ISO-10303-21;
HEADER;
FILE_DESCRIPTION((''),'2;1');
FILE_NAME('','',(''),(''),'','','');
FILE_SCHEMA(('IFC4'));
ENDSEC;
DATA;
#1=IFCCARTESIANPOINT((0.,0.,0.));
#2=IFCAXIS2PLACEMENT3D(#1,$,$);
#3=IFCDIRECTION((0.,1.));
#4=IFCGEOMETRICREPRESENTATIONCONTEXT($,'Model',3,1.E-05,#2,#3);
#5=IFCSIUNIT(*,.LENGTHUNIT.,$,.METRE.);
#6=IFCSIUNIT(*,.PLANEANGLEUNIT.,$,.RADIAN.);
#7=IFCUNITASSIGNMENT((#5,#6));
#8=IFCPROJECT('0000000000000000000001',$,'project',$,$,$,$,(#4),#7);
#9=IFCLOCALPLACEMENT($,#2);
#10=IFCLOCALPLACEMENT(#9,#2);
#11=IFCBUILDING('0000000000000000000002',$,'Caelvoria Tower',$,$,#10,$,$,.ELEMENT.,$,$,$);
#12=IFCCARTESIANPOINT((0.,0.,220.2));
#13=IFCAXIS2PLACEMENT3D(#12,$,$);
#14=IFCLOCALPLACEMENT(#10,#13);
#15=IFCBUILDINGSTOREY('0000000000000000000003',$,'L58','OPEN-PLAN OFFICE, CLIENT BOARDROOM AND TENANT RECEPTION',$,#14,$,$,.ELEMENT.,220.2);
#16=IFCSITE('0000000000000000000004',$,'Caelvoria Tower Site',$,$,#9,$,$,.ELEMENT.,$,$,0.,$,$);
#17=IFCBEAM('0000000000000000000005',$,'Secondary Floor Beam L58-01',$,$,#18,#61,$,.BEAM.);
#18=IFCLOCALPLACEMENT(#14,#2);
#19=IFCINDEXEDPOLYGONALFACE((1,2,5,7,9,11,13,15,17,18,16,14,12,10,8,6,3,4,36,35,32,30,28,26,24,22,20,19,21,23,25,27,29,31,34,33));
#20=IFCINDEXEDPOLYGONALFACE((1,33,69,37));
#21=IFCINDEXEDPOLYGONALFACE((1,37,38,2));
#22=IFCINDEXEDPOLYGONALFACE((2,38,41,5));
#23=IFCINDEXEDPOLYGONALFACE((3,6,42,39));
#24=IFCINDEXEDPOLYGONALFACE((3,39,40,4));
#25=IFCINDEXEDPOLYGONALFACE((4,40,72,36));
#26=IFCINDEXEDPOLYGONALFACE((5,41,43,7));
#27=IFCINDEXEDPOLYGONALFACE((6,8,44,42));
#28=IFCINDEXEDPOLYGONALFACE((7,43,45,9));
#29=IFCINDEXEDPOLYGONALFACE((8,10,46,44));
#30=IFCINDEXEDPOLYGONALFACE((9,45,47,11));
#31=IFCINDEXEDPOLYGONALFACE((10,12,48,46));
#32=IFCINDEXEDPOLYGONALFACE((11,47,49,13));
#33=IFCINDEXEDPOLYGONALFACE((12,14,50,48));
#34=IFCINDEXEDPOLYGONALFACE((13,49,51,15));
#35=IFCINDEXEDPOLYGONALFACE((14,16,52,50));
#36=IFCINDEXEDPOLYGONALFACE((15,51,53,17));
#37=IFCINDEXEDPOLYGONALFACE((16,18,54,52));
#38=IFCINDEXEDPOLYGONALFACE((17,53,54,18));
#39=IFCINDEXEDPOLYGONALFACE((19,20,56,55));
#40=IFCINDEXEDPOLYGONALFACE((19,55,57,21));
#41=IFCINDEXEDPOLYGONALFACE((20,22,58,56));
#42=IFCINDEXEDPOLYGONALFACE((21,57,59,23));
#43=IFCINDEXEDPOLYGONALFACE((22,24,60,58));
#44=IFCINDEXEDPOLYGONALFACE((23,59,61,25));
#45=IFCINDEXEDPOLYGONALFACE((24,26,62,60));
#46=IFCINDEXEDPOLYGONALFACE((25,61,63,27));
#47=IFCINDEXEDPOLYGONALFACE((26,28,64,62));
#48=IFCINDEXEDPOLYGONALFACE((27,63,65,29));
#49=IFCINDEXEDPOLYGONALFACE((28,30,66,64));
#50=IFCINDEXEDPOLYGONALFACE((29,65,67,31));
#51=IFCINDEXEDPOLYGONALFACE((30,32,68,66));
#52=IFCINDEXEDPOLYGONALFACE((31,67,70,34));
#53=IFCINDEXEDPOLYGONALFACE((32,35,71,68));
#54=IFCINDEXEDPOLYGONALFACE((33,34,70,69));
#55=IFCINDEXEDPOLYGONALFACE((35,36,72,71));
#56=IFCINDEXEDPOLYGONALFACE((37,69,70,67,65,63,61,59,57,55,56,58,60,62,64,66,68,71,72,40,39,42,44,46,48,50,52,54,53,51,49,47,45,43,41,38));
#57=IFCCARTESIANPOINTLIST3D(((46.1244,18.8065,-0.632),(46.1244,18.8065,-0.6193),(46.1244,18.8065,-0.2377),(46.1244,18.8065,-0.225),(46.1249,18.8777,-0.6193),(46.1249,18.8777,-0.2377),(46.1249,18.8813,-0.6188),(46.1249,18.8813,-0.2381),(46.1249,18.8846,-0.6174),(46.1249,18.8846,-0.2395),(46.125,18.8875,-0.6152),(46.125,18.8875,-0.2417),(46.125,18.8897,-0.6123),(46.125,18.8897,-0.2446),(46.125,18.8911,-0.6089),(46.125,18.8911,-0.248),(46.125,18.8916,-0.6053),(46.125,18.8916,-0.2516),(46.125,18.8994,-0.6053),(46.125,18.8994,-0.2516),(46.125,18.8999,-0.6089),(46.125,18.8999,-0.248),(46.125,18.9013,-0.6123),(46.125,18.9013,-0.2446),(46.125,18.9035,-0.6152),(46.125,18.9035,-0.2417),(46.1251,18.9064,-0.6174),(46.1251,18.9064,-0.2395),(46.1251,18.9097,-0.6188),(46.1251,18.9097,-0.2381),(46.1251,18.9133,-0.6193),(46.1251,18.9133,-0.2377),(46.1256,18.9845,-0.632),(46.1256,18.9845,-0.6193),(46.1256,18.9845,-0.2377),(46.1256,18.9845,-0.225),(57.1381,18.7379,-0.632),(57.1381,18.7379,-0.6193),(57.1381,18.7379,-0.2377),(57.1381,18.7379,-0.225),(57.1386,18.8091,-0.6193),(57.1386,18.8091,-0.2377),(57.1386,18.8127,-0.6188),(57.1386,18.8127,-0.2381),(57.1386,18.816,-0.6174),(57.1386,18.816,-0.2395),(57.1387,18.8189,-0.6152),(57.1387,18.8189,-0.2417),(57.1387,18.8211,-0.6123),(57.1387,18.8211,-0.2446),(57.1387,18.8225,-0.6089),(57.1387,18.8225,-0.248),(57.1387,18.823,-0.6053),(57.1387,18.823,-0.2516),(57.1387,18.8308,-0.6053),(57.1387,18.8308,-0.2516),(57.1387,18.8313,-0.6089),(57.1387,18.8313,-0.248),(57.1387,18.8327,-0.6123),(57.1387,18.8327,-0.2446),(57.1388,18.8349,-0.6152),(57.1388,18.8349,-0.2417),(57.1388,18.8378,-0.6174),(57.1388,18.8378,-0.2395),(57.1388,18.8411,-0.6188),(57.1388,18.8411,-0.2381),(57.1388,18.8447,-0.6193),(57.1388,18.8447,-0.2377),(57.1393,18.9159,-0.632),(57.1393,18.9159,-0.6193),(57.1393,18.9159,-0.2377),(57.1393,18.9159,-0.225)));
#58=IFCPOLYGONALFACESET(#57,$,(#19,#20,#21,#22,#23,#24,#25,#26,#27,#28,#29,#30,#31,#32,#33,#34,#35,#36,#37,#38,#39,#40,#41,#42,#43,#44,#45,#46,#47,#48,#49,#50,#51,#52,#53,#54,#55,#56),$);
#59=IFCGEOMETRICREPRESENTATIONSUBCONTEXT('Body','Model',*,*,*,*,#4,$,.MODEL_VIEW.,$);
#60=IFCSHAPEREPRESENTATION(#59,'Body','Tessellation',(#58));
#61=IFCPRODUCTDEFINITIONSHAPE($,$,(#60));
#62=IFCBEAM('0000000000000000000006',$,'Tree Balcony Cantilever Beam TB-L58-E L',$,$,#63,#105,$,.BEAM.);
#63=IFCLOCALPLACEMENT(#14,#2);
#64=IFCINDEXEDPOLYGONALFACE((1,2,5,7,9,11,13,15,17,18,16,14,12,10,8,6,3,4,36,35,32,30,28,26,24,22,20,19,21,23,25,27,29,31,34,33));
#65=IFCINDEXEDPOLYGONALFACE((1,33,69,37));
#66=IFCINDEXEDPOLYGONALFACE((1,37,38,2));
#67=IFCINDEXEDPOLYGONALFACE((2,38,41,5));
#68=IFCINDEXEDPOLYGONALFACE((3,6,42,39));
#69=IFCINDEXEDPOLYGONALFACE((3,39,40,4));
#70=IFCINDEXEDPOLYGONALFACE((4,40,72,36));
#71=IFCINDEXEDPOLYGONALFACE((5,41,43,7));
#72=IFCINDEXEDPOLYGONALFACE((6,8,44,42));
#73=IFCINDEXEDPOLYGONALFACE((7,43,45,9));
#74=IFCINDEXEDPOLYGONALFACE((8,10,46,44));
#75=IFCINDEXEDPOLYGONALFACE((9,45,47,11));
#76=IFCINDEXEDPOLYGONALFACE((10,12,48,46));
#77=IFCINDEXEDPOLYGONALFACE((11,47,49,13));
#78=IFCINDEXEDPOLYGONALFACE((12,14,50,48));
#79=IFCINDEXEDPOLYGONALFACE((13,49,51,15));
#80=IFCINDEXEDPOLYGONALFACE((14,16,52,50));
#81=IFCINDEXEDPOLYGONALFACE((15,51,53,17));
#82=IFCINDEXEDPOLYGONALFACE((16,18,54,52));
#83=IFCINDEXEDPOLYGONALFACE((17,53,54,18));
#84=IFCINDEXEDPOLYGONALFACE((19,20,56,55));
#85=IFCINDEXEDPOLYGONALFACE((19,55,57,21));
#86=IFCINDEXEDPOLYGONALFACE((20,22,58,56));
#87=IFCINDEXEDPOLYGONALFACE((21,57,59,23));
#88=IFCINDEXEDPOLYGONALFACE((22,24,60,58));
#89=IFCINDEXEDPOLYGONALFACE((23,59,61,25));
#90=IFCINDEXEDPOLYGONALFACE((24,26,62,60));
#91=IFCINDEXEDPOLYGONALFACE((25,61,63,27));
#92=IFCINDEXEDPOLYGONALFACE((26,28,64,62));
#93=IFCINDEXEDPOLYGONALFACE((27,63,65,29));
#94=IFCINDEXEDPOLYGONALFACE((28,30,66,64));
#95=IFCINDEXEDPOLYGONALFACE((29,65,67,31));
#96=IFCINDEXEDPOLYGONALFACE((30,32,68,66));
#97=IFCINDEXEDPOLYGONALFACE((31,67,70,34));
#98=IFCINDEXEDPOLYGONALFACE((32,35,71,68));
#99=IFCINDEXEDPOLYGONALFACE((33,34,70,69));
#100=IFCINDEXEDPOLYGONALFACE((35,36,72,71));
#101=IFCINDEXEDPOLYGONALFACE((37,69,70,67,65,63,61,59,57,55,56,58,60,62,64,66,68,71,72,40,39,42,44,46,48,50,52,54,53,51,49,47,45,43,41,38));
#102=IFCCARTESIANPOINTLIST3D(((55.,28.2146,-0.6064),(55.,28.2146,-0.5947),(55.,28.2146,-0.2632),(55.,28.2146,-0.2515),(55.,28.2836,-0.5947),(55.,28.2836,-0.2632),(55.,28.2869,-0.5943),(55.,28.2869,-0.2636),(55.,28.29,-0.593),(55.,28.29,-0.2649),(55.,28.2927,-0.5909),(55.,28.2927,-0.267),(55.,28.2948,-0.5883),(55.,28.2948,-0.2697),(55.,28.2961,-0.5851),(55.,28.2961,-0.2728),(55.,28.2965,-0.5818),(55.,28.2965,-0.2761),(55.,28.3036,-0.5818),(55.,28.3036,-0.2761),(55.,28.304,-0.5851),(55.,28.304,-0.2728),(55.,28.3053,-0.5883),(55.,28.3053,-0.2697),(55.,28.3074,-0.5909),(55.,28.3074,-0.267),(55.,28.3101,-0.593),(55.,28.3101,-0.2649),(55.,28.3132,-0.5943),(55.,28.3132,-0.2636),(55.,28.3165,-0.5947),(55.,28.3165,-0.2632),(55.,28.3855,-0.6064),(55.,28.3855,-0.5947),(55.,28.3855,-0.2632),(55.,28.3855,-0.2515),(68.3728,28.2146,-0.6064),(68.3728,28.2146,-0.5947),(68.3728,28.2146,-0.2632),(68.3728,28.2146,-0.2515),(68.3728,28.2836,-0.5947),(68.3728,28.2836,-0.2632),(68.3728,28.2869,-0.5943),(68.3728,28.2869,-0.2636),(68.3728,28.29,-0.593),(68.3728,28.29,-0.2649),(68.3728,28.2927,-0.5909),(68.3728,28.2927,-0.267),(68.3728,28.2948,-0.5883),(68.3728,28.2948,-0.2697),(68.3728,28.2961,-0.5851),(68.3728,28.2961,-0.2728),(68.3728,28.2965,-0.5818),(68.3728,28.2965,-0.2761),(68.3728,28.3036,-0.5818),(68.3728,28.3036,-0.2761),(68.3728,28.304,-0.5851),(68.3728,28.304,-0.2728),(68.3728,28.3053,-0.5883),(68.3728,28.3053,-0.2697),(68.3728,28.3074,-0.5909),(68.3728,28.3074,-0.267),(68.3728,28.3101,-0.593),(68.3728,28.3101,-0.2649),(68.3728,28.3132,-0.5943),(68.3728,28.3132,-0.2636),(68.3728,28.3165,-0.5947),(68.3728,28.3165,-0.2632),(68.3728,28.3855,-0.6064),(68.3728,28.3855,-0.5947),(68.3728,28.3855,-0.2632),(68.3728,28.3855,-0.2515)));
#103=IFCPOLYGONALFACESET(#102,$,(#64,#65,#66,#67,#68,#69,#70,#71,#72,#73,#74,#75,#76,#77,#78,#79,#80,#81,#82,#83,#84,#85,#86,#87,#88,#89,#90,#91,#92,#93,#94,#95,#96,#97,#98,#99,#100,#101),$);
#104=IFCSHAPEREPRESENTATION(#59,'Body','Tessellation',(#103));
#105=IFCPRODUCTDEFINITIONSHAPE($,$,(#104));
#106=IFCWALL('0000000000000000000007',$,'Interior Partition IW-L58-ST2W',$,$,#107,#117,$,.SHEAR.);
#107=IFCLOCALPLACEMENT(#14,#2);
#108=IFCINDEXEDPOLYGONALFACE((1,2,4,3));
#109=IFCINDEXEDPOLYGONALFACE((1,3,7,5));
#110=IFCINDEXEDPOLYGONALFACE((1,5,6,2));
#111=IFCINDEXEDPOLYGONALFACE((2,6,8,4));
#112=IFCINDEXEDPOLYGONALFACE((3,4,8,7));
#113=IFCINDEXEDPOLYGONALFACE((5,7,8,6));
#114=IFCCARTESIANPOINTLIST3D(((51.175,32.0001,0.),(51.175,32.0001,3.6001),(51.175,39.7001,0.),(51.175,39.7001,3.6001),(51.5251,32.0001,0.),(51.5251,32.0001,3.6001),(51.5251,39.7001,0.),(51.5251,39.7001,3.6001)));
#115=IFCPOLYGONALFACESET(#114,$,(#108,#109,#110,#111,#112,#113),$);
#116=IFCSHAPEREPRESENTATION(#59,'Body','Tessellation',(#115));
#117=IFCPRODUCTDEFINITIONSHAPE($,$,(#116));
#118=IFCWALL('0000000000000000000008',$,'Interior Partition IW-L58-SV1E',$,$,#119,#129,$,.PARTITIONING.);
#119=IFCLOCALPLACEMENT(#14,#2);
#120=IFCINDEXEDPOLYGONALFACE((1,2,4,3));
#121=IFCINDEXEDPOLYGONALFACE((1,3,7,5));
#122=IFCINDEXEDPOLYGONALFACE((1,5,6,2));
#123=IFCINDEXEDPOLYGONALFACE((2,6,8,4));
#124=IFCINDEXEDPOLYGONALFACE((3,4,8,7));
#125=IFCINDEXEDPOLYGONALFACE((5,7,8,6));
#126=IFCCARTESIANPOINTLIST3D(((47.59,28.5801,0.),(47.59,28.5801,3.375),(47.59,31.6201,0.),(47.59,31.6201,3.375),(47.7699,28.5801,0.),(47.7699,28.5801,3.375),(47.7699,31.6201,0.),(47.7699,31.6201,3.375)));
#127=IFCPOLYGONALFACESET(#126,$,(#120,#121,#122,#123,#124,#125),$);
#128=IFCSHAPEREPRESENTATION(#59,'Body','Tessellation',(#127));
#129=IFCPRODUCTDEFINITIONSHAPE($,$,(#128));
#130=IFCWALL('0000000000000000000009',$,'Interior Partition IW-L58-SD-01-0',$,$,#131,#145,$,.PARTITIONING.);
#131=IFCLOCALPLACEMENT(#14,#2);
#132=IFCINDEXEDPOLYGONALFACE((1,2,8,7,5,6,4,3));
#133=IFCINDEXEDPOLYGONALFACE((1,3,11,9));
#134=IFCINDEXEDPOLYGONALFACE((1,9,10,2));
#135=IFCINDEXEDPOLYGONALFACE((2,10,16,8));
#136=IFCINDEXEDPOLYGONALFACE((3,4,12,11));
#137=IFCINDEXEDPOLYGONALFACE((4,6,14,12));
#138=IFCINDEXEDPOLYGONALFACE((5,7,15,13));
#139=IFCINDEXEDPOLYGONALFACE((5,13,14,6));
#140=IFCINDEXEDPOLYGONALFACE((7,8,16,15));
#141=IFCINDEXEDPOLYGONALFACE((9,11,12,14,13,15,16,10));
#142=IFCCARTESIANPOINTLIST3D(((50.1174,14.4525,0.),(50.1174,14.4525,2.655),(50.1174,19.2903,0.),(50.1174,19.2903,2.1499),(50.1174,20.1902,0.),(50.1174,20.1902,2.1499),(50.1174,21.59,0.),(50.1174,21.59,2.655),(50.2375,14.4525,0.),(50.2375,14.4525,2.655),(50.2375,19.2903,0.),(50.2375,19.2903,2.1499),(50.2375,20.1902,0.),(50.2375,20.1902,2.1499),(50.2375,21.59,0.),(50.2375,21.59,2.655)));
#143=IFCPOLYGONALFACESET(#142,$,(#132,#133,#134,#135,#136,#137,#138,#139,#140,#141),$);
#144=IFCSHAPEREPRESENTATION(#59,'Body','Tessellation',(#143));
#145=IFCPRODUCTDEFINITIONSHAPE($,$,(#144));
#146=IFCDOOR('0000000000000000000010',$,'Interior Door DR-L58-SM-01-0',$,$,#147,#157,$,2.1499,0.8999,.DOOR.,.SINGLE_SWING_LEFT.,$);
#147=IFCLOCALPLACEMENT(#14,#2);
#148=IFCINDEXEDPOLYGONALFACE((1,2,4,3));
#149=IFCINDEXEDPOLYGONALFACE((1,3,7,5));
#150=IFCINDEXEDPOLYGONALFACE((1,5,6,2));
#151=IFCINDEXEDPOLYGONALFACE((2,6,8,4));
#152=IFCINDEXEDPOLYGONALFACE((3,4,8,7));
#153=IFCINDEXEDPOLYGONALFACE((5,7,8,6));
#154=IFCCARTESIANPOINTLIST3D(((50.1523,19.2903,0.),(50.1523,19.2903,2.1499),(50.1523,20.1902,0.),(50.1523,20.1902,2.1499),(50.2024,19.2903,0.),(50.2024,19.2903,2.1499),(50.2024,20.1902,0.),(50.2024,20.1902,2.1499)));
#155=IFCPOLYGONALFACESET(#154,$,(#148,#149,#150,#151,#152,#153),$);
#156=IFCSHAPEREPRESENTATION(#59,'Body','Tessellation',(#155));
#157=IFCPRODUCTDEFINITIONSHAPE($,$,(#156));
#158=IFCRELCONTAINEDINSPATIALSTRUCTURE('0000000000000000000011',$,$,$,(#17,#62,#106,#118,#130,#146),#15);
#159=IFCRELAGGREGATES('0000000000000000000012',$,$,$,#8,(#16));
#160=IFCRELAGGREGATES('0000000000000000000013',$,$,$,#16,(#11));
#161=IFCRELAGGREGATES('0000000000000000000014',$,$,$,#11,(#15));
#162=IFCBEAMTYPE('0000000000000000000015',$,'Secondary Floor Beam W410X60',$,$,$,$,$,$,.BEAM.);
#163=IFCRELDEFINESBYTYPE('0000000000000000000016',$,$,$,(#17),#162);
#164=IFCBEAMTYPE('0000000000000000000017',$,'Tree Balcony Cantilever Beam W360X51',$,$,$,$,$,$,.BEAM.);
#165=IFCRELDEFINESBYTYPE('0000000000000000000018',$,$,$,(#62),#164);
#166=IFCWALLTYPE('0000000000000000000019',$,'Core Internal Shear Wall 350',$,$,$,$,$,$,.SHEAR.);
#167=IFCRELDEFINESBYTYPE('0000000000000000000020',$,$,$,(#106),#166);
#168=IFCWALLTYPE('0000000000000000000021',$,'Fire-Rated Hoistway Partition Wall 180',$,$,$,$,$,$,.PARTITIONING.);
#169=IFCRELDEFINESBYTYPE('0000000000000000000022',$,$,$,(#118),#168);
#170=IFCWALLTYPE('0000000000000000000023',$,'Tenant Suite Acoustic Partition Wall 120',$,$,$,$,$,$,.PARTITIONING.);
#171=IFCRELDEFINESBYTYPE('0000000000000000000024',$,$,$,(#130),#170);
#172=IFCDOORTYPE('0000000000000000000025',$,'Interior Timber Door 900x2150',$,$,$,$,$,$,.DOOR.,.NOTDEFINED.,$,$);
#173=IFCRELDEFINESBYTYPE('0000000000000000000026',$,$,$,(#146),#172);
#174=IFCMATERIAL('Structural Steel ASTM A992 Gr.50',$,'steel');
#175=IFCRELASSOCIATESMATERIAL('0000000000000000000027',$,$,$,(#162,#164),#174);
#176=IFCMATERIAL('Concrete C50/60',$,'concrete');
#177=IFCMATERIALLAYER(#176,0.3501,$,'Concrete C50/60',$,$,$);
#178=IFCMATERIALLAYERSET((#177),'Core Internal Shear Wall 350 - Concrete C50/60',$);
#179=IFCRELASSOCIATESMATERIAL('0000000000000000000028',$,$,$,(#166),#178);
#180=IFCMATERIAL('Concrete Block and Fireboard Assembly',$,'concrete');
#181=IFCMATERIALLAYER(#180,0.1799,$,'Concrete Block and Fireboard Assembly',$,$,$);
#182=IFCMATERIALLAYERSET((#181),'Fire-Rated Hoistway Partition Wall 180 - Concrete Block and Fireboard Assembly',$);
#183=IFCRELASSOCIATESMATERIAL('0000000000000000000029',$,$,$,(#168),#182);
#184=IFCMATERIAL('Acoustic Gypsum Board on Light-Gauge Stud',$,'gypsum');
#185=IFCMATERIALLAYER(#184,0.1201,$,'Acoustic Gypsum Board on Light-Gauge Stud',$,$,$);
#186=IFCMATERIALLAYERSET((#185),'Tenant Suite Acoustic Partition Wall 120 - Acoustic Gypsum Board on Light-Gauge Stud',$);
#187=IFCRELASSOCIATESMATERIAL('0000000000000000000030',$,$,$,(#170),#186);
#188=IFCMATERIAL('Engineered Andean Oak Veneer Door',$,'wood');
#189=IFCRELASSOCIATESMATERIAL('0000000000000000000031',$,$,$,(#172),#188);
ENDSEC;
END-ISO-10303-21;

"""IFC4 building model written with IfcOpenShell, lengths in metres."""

from ifc_helpers import new_model, si_unit, direction, frame, frame_2d, origin, origin_2d, place, context, subcontext, project, spatial, rectangle, i_section, extrude, material, layer, layer_set, material_profile, profile_set, type_object, element, fill, save


model = new_model("IFC4")

# Units and contexts
model_context = context("Model", 3, precision=1e-05, world=origin(), true_north=direction((0.0, 1.0)))
body_context = subcontext(model_context, "Body", "Model", "MODEL_VIEW")
ifc_project = project(units=[si_unit("LENGTHUNIT", "METRE"), si_unit("PLANEANGLEUNIT", "RADIAN")], contexts=[model_context])

# Site, building, storey
site_placement = place(None, origin())
site = spatial("IfcSite", under=ifc_project, at=site_placement, Name="Caelvoria Tower Site", CompositionType="ELEMENT", RefElevation=0.0)
building_placement = place(site_placement, origin())
building = spatial("IfcBuilding", under=site, at=building_placement, Name="Caelvoria Tower", CompositionType="ELEMENT")
storey_placement = place(building_placement, frame((0.0, 0.0, 220.2)))
storey = spatial("IfcBuildingStorey", under=building, at=storey_placement, Name="L58", Description="OPEN-PLAN OFFICE, CLIENT BOARDROOM AND TENANT RECEPTION", CompositionType="ELEMENT", Elevation=220.2)

# Beams
ifc_material_1 = material(Name="Structural Steel ASTM A992 Gr.50", Category="steel")
ifc_material_profile_1 = material_profile(ifc_material_1, i_section(OverallWidth=0.178, OverallDepth=0.407, WebThickness=0.0078, FlangeThickness=0.0127, FilletRadius=0.0139, at=origin_2d()), Name="Structural Steel ASTM A992 Gr.50")
ifc_profile_set_1 = profile_set([ifc_material_profile_1], Name="W410X60 - Structural Steel ASTM A992 Gr.50")
beam_type_1 = type_object("IfcBeamType", Name="Secondary Floor Beam W410X60", PredefinedType="BEAM", material=ifc_profile_set_1)
beam_1_placement = place(storey_placement, frame((46.125, 18.8955, -0.4285), z_axis=(0.999981, -0.006229, 0.0), x_axis=(0.006229, 0.999981, 0.0)))
element("IfcBeam", 1, at=beam_1_placement, inside=storey, type_object=beam_type_1, Name="Secondary Floor Beam L58-01", PredefinedType="BEAM", context=body_context, shape_type="SweptSolid", body=[
    extrude(i_section(OverallWidth=0.178, OverallDepth=0.407, WebThickness=0.0078, FlangeThickness=0.0127, FilletRadius=0.0139, at=origin_2d()), origin(), (0.0, 0.0, 1.0), 11.0139),
])
ifc_material_profile_2 = material_profile(ifc_material_1, i_section(OverallWidth=0.1709, OverallDepth=0.355, WebThickness=0.0071, FlangeThickness=0.0117, FilletRadius=0.0129, at=origin_2d()), Name="Structural Steel ASTM A992 Gr.50")
ifc_profile_set_2 = profile_set([ifc_material_profile_2], Name="W360X51 - Structural Steel ASTM A992 Gr.50")
beam_type_2 = type_object("IfcBeamType", Name="Tree Balcony Cantilever Beam W360X51", PredefinedType="BEAM", material=ifc_profile_set_2)
beam_2_placement = place(storey_placement, frame((55.0, 28.3, -0.429), z_axis=(1.0, 0.0, 0.0), x_axis=(0.0, 1.0, 0.0)))
element("IfcBeam", 2, at=beam_2_placement, inside=storey, type_object=beam_type_2, Name="Tree Balcony Cantilever Beam TB-L58-E L", PredefinedType="BEAM", context=body_context, shape_type="SweptSolid", body=[
    extrude(i_section(OverallWidth=0.1709, OverallDepth=0.355, WebThickness=0.0071, FlangeThickness=0.0117, FilletRadius=0.0129, at=origin_2d()), origin(), (0.0, 0.0, 1.0), 13.3728),
])

# Wall
ifc_material_2 = material(Name="Concrete C50/60", Category="concrete")
ifc_layer_1 = layer(ifc_material_2, 0.3501, Name="Concrete C50/60")
ifc_layer_set_1 = layer_set([ifc_layer_1], Name="Core Internal Shear Wall 350 - Concrete C50/60")
wall_type_1 = type_object("IfcWallType", Name="Core Internal Shear Wall 350", PredefinedType="SHEAR", material=ifc_layer_set_1)
wall_1_placement = place(storey_placement, frame((51.3501, 32.0, 0.0), z_axis=(0.0, 0.0, 1.0), x_axis=(0.0, 1.0, 0.0)))
element("IfcWall", 3, at=wall_1_placement, inside=storey, type_object=wall_type_1, Name="Interior Partition IW-L58-ST2W", PredefinedType="SHEAR", context=body_context, shape_type="SweptSolid", body=[
    extrude(rectangle(XDim=7.7, YDim=0.3501, at=frame_2d((3.8501, 0.0))), origin(), (0.0, 0.0, 1.0), 3.6001),
])

# Wall
ifc_material_3 = material(Name="Concrete Block and Fireboard Assembly", Category="concrete")
ifc_layer_2 = layer(ifc_material_3, 0.1799, Name="Concrete Block and Fireboard Assembly")
ifc_layer_set_2 = layer_set([ifc_layer_2], Name="Fire-Rated Hoistway Partition Wall 180 - Concrete Block and Fireboard Assembly")
wall_type_2 = type_object("IfcWallType", Name="Fire-Rated Hoistway Partition Wall 180", PredefinedType="PARTITIONING", material=ifc_layer_set_2)
wall_2_placement = place(storey_placement, frame((47.6799, 28.5801, 0.0), z_axis=(0.0, 0.0, 1.0), x_axis=(0.0, 1.0, 0.0)))
element("IfcWall", 4, at=wall_2_placement, inside=storey, type_object=wall_type_2, Name="Interior Partition IW-L58-SV1E", PredefinedType="PARTITIONING", context=body_context, shape_type="SweptSolid", body=[
    extrude(rectangle(XDim=3.04, YDim=0.1799, at=frame_2d((1.52, 0.0))), origin(), (0.0, 0.0, 1.0), 3.375),
])

# Wall, opening, door
ifc_material_4 = material(Name="Acoustic Gypsum Board on Light-Gauge Stud", Category="gypsum")
ifc_layer_3 = layer(ifc_material_4, 0.1201, Name="Acoustic Gypsum Board on Light-Gauge Stud")
ifc_layer_set_3 = layer_set([ifc_layer_3], Name="Tenant Suite Acoustic Partition Wall 120 - Acoustic Gypsum Board on Light-Gauge Stud")
wall_type_3 = type_object("IfcWallType", Name="Tenant Suite Acoustic Partition Wall 120", PredefinedType="PARTITIONING", material=ifc_layer_set_3)
wall_3_placement = place(storey_placement, frame((50.1775, 21.5901, 0.0), z_axis=(0.0, 0.0, 1.0), x_axis=(0.0, -1.0, 0.0)))
wall_3 = element("IfcWall", 5, at=wall_3_placement, inside=storey, type_object=wall_type_3, Name="Interior Partition IW-L58-SD-01-0", PredefinedType="PARTITIONING", context=body_context, shape_type="SweptSolid", body=[
    extrude(rectangle(XDim=7.1375, YDim=0.1201, at=frame_2d((3.5688, 0.0))), origin(), (0.0, 0.0, 1.0), 2.655),
])
opening_1_placement = place(wall_3_placement, frame((1.3999, 0.0, 0.0)))
opening_1 = element("IfcOpeningElement", 6, at=opening_1_placement, cuts=wall_3, PredefinedType="OPENING", context=body_context, shape_type="SweptSolid", body=[
    extrude(rectangle(XDim=0.8999, YDim=2.1499, at=frame_2d((0.45, 1.075))), frame((0.0, 0.0701, 0.0), z_axis=(0.0, -1.0, 0.0), x_axis=(1.0, 0.0, 0.0)), (0.0, 0.0, 1.0), 0.1401),
])
ifc_material_5 = material(Name="Engineered Andean Oak Veneer Door", Category="wood")
door_type_1 = type_object("IfcDoorType", Name="Interior Timber Door 900x2150", OperationType="NOTDEFINED", PredefinedType="DOOR", material=ifc_material_5)
door_1_placement = place(opening_1_placement, origin())
door_1 = element("IfcDoor", 7, at=door_1_placement, inside=storey, type_object=door_type_1, Name="Interior Door DR-L58-SM-01-0", OperationType="SINGLE_SWING_LEFT", OverallHeight=2.1499, OverallWidth=0.8999, PredefinedType="DOOR", context=body_context, shape_type="SweptSolid", body=[
    extrude(rectangle(XDim=0.8999, YDim=2.1499, at=frame_2d((0.45, 1.075))), frame((0.0, 0.0249, 0.0), z_axis=(0.0, -1.0, 0.0), x_axis=(1.0, 0.0, 0.0)), (0.0, 0.0, 1.0), 0.05),
])
fill(opening_1, door_1)

save(model, "model.ifc")
